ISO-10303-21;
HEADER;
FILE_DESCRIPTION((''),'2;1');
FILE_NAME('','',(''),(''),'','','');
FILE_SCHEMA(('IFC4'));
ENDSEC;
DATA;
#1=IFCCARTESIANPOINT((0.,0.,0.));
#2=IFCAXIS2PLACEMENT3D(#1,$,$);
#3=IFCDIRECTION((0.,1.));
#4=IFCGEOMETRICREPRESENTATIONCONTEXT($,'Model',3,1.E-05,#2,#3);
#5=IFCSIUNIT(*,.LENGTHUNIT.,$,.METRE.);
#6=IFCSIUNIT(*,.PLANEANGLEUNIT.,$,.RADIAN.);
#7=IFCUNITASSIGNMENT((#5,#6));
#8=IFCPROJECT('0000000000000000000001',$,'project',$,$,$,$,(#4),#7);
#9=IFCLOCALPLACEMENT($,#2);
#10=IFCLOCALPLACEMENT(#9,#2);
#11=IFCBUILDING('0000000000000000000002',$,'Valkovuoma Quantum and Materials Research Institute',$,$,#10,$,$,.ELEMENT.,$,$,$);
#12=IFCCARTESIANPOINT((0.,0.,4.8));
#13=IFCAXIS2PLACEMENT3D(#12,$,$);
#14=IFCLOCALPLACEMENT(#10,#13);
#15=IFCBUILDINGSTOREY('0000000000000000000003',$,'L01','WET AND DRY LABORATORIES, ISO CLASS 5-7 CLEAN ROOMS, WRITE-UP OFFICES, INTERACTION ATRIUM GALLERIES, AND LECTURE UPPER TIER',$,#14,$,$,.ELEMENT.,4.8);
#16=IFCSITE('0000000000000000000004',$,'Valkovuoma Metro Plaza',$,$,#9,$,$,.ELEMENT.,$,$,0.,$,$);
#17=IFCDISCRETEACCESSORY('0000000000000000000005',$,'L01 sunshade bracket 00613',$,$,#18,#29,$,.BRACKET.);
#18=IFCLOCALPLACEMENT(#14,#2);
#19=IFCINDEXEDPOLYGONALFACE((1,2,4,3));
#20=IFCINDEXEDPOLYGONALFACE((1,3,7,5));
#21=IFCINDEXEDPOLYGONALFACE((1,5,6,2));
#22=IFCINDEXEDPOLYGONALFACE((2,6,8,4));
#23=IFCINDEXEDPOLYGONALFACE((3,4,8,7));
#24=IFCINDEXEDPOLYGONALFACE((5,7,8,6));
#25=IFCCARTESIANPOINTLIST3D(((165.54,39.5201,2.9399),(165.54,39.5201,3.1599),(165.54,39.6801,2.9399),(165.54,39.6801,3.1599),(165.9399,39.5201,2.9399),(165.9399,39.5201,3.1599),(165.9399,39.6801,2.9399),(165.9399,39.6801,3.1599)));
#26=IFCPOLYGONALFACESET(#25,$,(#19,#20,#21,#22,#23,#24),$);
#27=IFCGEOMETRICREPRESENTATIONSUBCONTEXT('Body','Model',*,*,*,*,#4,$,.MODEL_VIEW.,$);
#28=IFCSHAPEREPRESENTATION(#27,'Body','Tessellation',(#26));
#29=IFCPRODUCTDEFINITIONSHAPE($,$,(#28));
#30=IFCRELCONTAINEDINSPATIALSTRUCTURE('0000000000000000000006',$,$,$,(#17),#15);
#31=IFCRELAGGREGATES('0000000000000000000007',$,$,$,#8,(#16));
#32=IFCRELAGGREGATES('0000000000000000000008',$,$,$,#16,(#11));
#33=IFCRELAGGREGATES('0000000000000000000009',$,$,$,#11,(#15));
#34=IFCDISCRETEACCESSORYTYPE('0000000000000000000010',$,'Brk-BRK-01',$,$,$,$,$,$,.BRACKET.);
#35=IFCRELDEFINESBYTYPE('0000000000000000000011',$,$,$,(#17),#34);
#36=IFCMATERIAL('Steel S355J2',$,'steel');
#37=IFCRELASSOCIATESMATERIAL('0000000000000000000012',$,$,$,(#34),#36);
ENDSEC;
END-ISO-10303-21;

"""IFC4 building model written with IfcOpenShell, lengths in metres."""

from ifc_helpers import new_model, si_unit, direction, frame, origin, origin_2d, place, context, subcontext, project, spatial, rectangle, extrude, material, type_object, element, save


model = new_model("IFC4")

# Units and contexts
model_context = context("Model", 3, precision=1e-05, world=origin(), true_north=direction((0.0, 1.0)))
body_context = subcontext(model_context, "Body", "Model", "MODEL_VIEW")
ifc_project = project(units=[si_unit("LENGTHUNIT", "METRE"), si_unit("PLANEANGLEUNIT", "RADIAN")], contexts=[model_context])

# Site, building, storey
site_placement = place(None, origin())
site = spatial("IfcSite", under=ifc_project, at=site_placement, Name="Valkovuoma Metro Plaza", CompositionType="ELEMENT", RefElevation=0.0)
building_placement = place(site_placement, origin())
building = spatial("IfcBuilding", under=site, at=building_placement, Name="Valkovuoma Quantum and Materials Research Institute", CompositionType="ELEMENT")
storey_placement = place(building_placement, frame((0.0, 0.0, 4.8)))
storey = spatial("IfcBuildingStorey", under=building, at=storey_placement, Name="L01", Description="WET AND DRY LABORATORIES, ISO CLASS 5-7 CLEAN ROOMS, WRITE-UP OFFICES, INTERACTION ATRIUM GALLERIES, AND LECTURE UPPER TIER", CompositionType="ELEMENT", Elevation=4.8)

# Discrete accessory
ifc_material_1 = material(Name="Steel S355J2", Category="steel")
discrete_accessory_type = type_object("IfcDiscreteAccessoryType", Name="Brk-BRK-01", PredefinedType="BRACKET", material=ifc_material_1)
discrete_accessory_placement = place(storey_placement, frame((165.74, 39.6001, 2.9399), z_axis=(0.0, 0.0, 1.0), x_axis=(1.0, 0.0, 0.0)))
element("IfcDiscreteAccessory", 1, at=discrete_accessory_placement, inside=storey, type_object=discrete_accessory_type, Name="L01 sunshade bracket 00613", PredefinedType="BRACKET", context=body_context, shape_type="SweptSolid", body=[
    extrude(rectangle(XDim=0.3999, YDim=0.1599, at=origin_2d()), origin(), (0.0, 0.0, 1.0), 0.22),
])

save(model, "model.ifc")
